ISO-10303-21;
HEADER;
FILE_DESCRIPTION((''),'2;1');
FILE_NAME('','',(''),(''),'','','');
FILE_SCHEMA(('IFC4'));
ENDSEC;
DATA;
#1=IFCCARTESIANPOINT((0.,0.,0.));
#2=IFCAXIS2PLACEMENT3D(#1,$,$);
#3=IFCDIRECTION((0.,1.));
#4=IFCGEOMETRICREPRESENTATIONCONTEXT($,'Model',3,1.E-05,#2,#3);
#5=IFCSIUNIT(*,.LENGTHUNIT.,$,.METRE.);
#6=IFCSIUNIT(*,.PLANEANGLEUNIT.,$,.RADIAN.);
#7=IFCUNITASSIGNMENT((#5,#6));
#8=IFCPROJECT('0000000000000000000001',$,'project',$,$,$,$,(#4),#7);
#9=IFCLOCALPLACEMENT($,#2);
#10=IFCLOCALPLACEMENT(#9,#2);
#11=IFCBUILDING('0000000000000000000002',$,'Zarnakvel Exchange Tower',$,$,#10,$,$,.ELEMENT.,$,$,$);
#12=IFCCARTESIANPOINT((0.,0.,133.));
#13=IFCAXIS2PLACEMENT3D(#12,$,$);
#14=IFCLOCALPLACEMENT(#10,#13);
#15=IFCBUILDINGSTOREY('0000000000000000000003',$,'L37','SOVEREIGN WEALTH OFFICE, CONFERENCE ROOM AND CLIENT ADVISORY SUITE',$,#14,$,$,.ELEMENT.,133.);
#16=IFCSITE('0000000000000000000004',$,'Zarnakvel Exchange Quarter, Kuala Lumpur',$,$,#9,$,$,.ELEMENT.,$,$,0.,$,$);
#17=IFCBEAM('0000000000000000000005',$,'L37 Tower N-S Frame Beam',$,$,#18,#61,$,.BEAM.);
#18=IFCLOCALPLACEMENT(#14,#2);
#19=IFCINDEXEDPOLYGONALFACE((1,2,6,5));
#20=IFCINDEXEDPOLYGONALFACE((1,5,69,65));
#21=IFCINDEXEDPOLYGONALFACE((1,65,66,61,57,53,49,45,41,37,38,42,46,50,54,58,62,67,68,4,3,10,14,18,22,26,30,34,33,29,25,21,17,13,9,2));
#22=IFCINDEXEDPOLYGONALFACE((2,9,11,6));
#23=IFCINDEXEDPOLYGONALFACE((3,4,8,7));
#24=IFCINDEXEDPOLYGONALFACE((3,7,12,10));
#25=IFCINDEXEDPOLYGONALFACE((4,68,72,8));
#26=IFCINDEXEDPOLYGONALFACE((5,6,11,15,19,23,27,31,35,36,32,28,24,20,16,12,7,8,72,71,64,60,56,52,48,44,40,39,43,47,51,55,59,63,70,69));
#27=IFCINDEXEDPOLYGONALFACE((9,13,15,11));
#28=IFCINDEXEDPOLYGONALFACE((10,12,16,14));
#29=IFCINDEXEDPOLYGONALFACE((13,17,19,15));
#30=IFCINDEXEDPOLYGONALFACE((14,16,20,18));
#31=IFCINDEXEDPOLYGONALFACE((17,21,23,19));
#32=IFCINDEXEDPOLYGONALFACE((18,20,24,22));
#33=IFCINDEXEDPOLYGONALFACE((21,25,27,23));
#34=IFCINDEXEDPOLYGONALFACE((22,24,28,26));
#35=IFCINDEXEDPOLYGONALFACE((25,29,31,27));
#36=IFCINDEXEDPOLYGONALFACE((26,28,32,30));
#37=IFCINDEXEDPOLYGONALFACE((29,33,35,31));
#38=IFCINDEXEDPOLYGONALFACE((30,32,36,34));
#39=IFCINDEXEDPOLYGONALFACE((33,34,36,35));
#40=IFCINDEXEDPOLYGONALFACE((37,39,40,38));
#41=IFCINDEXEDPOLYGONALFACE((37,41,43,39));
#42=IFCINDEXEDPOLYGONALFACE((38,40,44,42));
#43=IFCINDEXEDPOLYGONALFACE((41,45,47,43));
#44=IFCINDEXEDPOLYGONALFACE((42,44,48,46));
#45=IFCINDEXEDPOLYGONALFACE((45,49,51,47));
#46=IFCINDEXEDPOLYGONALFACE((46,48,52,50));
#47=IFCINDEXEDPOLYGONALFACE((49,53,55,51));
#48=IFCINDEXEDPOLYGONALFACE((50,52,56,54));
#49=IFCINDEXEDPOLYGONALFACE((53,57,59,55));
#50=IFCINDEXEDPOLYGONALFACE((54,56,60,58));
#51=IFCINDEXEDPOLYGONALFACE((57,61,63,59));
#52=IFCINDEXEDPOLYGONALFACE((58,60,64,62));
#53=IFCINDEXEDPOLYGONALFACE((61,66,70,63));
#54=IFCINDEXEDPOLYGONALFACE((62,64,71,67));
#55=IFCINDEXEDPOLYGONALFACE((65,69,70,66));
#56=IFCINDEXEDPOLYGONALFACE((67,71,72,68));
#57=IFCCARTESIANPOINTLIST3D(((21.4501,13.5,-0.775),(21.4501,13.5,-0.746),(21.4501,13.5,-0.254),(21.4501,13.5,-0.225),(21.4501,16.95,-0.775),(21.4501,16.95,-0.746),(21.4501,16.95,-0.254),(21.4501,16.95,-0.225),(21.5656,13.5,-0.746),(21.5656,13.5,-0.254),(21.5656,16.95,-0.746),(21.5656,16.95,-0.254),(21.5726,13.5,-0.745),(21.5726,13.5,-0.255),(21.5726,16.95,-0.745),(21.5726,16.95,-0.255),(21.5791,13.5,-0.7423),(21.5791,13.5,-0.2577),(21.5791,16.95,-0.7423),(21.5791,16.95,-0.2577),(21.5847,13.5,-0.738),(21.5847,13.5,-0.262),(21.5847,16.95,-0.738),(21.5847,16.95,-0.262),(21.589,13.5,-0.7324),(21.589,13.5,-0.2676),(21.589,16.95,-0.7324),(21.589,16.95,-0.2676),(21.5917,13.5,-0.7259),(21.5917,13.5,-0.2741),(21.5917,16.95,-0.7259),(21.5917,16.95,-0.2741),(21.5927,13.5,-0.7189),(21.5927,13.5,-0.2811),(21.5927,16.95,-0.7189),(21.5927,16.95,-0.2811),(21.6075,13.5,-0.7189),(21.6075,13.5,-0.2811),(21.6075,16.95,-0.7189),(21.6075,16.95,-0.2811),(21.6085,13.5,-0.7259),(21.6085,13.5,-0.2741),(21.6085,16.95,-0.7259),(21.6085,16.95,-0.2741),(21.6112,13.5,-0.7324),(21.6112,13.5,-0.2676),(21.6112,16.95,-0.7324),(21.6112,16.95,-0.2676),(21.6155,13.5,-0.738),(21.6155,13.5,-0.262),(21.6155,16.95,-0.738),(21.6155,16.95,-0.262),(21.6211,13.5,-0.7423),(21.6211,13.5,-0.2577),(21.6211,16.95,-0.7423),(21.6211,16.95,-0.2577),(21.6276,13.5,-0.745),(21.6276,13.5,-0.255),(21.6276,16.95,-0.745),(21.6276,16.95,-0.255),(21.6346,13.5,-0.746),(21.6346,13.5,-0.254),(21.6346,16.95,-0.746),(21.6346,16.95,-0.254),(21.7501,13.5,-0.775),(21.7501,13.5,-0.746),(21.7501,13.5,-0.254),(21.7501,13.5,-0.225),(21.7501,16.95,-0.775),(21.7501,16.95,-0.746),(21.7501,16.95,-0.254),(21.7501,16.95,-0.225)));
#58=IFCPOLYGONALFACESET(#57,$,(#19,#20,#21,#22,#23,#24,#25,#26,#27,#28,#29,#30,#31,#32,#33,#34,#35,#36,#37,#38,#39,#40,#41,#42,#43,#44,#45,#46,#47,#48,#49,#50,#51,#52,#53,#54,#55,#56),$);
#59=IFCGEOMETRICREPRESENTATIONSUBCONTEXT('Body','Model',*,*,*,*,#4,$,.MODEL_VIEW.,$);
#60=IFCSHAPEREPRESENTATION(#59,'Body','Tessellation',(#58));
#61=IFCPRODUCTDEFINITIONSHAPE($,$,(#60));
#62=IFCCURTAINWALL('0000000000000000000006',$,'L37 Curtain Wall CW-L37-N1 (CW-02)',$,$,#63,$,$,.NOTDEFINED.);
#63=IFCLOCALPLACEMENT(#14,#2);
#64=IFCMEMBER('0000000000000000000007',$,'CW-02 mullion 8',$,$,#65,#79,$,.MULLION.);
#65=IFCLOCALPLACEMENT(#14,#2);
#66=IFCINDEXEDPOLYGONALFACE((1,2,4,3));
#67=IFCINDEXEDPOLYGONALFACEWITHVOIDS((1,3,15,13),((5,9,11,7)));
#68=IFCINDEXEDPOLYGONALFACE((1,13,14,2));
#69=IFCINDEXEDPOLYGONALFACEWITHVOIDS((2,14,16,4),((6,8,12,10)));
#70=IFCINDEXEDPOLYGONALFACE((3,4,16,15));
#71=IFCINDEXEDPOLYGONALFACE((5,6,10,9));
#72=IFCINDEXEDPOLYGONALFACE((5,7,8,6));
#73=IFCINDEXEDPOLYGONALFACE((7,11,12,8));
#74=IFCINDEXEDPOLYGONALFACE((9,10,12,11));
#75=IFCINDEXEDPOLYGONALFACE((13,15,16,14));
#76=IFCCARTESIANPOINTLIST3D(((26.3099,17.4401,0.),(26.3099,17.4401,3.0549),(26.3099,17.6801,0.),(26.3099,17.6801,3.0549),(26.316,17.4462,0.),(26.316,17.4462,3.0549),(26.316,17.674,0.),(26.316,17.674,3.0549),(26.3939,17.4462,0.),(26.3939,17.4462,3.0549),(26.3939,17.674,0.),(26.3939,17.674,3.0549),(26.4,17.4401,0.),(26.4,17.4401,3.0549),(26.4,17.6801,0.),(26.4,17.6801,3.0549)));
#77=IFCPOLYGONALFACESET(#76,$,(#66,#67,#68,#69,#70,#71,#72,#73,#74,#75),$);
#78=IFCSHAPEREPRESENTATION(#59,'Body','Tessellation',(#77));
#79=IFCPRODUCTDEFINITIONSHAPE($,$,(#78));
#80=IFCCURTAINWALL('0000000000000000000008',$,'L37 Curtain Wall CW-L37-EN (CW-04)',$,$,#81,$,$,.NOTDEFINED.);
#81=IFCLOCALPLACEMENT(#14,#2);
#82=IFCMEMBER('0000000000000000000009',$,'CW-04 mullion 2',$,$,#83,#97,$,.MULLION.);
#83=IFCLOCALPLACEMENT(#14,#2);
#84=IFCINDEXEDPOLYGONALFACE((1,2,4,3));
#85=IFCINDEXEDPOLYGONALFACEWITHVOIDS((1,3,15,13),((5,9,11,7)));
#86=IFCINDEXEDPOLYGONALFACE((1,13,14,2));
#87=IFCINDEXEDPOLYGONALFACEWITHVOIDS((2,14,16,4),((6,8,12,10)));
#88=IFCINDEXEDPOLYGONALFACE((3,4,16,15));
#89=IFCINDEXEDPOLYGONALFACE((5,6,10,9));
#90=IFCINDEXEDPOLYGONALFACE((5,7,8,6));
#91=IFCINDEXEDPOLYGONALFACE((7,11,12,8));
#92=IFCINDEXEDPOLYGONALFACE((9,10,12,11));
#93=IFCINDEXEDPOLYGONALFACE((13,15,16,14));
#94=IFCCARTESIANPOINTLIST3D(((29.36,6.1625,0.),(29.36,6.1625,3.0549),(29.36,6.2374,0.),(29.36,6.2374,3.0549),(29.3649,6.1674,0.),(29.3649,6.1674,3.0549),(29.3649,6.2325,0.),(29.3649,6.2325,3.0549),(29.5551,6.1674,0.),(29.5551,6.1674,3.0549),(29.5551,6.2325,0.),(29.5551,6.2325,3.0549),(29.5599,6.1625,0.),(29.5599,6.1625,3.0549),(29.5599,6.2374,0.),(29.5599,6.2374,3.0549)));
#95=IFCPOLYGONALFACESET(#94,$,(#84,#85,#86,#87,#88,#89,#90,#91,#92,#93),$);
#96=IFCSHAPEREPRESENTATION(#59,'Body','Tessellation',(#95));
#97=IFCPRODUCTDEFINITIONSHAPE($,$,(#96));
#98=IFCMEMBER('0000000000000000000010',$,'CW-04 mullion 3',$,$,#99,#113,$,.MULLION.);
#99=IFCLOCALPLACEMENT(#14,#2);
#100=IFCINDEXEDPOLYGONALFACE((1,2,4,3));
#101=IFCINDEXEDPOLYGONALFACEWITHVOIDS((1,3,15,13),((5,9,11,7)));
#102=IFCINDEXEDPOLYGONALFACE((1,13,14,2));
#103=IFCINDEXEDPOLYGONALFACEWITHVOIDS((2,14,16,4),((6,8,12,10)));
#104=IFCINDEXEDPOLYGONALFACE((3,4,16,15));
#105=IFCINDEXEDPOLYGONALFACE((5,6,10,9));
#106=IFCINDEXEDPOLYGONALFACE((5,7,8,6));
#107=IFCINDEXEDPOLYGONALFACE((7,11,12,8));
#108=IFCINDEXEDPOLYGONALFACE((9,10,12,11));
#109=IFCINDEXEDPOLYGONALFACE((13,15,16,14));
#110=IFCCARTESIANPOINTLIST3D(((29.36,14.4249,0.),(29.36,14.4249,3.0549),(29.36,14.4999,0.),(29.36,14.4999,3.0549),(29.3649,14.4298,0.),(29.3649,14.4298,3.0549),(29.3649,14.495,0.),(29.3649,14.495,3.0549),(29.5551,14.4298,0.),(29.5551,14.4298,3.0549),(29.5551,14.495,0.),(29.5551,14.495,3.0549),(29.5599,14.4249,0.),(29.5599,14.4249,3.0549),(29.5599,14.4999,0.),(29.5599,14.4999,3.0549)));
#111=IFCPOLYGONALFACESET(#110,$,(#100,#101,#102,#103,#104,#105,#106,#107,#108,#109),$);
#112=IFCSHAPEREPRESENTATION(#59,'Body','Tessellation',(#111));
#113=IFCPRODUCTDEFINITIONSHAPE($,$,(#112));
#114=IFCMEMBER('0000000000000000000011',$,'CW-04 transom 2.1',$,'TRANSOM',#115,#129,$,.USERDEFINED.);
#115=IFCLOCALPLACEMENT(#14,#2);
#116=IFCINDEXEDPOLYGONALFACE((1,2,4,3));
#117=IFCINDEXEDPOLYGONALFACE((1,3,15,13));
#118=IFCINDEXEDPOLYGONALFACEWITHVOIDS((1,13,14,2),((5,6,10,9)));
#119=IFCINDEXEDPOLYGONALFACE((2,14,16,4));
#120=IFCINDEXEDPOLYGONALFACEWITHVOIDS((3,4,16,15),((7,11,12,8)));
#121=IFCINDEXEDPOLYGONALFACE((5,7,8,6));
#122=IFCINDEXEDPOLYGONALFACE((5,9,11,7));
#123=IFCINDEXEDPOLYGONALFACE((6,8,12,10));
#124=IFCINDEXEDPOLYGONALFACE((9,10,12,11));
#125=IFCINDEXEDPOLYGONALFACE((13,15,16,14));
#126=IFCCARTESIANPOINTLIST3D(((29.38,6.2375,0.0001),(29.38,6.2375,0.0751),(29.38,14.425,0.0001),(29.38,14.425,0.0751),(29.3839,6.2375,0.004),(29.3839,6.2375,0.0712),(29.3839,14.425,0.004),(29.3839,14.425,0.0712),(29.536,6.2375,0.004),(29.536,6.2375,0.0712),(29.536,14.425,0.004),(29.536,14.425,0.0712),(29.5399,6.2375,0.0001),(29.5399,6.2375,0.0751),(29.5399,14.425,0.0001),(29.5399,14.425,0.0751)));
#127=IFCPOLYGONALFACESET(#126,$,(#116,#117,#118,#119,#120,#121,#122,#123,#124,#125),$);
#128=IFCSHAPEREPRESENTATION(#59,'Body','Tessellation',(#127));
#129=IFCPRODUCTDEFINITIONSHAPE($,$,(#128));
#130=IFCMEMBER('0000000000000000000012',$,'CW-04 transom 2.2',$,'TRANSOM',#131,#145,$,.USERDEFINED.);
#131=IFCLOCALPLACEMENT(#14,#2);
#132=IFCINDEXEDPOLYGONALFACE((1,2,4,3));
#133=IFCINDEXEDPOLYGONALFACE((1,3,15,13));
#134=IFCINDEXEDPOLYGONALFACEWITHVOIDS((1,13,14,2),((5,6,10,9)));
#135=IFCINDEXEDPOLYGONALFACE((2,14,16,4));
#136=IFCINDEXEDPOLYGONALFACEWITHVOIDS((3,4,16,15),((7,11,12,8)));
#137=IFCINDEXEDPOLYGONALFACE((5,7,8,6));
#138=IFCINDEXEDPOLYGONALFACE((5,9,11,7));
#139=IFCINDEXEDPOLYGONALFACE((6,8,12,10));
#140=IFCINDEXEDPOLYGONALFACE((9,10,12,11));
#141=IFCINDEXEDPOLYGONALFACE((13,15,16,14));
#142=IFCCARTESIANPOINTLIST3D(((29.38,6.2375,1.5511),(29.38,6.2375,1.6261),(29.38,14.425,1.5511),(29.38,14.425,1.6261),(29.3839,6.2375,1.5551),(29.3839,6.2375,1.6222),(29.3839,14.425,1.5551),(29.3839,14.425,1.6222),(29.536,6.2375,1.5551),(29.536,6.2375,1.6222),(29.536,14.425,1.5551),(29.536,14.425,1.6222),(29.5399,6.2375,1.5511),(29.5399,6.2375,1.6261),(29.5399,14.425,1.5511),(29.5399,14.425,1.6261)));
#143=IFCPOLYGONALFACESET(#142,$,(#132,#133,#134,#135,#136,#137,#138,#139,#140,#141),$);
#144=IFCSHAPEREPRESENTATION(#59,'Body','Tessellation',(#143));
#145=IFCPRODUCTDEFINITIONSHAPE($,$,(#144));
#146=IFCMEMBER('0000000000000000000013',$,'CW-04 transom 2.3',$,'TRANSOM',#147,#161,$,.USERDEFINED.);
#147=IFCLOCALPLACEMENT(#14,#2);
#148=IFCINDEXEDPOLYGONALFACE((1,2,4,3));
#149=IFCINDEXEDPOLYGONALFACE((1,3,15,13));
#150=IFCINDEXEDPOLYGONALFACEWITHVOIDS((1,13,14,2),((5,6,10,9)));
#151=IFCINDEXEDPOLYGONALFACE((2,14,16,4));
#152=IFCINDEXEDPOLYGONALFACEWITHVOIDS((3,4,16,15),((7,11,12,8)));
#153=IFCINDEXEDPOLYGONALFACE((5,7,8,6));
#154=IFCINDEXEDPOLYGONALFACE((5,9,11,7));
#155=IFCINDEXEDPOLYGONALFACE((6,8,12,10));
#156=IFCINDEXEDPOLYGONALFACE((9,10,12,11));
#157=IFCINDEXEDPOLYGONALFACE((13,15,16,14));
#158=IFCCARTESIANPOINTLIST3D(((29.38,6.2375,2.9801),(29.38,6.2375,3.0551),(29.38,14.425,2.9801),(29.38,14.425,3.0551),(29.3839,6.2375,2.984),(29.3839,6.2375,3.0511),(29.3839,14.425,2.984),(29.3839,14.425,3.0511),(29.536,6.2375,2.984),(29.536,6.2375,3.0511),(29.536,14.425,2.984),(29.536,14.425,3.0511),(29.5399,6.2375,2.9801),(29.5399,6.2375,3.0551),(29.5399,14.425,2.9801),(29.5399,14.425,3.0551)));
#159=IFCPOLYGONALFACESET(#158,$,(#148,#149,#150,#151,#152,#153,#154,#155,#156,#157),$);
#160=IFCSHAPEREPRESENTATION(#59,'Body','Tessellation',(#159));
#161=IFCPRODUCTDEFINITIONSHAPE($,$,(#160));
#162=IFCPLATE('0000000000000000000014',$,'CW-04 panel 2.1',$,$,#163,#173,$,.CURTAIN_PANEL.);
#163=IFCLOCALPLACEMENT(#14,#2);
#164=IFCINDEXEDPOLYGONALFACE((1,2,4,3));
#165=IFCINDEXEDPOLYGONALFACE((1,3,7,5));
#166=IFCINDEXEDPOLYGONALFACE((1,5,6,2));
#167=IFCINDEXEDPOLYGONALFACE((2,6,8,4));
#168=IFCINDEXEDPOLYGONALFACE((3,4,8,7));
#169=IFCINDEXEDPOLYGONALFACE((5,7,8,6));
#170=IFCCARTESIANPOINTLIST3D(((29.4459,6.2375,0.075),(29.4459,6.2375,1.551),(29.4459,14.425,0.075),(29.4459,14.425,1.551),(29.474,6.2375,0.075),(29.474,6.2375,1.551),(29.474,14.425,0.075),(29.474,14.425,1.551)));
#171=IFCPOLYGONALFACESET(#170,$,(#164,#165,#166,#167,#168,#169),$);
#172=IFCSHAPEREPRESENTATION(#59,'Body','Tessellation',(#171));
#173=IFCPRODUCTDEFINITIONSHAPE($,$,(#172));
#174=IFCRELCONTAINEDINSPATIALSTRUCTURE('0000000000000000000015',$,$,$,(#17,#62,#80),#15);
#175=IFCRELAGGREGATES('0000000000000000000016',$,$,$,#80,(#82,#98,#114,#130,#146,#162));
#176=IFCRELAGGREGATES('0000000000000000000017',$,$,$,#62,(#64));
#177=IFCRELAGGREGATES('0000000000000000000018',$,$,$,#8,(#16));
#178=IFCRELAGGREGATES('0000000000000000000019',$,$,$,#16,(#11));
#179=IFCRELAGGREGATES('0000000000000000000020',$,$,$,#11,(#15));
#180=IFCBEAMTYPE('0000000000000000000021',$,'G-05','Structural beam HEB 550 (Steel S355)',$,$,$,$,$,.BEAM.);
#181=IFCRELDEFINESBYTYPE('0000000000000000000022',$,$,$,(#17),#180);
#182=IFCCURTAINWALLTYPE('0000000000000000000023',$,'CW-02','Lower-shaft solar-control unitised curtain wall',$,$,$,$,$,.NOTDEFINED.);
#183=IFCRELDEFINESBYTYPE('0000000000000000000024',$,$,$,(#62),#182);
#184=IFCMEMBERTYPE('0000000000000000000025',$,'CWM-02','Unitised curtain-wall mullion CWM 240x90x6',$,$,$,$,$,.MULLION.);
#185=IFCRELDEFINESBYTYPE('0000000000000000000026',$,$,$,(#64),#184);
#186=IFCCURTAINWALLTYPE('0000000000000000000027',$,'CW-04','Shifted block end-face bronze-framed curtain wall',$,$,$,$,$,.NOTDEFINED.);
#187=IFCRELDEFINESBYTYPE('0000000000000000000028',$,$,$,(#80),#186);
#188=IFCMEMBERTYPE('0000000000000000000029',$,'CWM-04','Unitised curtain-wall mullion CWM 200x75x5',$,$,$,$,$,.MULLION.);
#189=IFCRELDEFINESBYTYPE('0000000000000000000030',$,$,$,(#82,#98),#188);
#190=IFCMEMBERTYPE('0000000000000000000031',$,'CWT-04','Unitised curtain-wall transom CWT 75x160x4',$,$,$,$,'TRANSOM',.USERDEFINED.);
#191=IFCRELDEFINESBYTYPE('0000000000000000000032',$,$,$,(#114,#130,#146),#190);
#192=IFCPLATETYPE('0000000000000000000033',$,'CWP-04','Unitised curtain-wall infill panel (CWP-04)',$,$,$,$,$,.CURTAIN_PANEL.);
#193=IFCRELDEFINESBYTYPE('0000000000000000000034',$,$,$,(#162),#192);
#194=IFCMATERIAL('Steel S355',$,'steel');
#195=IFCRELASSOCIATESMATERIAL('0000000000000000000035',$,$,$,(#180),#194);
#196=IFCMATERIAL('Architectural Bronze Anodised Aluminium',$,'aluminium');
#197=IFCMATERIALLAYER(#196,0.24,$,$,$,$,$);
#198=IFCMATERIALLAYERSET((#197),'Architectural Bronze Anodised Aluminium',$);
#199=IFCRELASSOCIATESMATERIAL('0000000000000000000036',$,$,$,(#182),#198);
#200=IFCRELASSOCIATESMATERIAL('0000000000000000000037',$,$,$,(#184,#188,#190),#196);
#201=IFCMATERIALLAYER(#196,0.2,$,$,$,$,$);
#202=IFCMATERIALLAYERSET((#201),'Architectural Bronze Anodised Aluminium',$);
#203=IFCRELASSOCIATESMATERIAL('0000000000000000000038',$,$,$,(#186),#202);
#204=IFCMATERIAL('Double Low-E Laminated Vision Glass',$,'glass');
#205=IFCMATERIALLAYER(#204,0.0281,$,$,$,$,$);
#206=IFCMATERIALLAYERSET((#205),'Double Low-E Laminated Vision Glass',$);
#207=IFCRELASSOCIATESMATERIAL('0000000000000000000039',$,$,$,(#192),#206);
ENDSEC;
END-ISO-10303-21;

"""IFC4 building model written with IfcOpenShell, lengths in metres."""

from ifc_helpers import new_model, si_unit, direction, frame, origin, origin_2d, place, context, subcontext, project, spatial, rectangle, hollow_rectangle, i_section, extrude, source, transform, mapped, material, layer, layer_set, material_profile, profile_set, type_object, element, aggregate, save


model = new_model("IFC4")

# Units and contexts
model_context = context("Model", 3, precision=1e-05, world=origin(), true_north=direction((0.0, 1.0)))
body_context = subcontext(model_context, "Body", "Model", "MODEL_VIEW")
ifc_project = project(units=[si_unit("LENGTHUNIT", "METRE"), si_unit("PLANEANGLEUNIT", "RADIAN")], contexts=[model_context])

# Site, building, storey
site_placement = place(None, origin())
site = spatial("IfcSite", under=ifc_project, at=site_placement, Name="Zarnakvel Exchange Quarter, Kuala Lumpur", CompositionType="ELEMENT", RefElevation=0.0)
building_placement = place(site_placement, origin())
building = spatial("IfcBuilding", under=site, at=building_placement, Name="Zarnakvel Exchange Tower", CompositionType="ELEMENT")
storey_placement = place(building_placement, frame((0.0, 0.0, 133.0)))
storey = spatial("IfcBuildingStorey", under=building, at=storey_placement, Name="L37", Description="SOVEREIGN WEALTH OFFICE, CONFERENCE ROOM AND CLIENT ADVISORY SUITE", CompositionType="ELEMENT", Elevation=133.0)

# Shared definitions
ifc_material_1 = material(Name="Steel S355", Category="steel")

# Beam
ifc_material_profile_1 = material_profile(ifc_material_1, i_section(OverallWidth=0.3, OverallDepth=0.55, WebThickness=0.0149, FlangeThickness=0.0291, FilletRadius=0.0271, at=origin_2d()))
ifc_profile_set_1 = profile_set([ifc_material_profile_1], Name="Steel S355")
beam_type = type_object("IfcBeamType", Name="G-05", Description="Structural beam HEB 550 (Steel S355)", PredefinedType="BEAM", material=ifc_profile_set_1)
beam_1_placement = place(storey_placement, frame((21.6001, 13.5, -0.5), z_axis=(0.0, 1.0, 0.0), x_axis=(-1.0, 0.0, 0.0)))
element("IfcBeam", 1, at=beam_1_placement, inside=storey, type_object=beam_type, Name="L37 Tower N-S Frame Beam", PredefinedType="BEAM", context=body_context, shape_type="SweptSolid", body=[
    extrude(i_section(OverallWidth=0.3, OverallDepth=0.55, WebThickness=0.0149, FlangeThickness=0.0291, FilletRadius=0.0271, at=origin_2d()), origin(), (0.0, 0.0, 1.0), 3.45),
])

# Curtain wall, member
ifc_material_2 = material(Name="Architectural Bronze Anodised Aluminium", Category="aluminium")
ifc_layer_1 = layer(ifc_material_2, 0.24)
ifc_layer_set_1 = layer_set([ifc_layer_1], Name="Architectural Bronze Anodised Aluminium")
curtain_wall_type_1 = type_object("IfcCurtainWallType", Name="CW-02", Description="Lower-shaft solar-control unitised curtain wall", PredefinedType="NOTDEFINED", material=ifc_layer_set_1)
curtain_wall_1_placement = place(storey_placement, origin())
curtain_wall_1 = element("IfcCurtainWall", 2, at=curtain_wall_1_placement, inside=storey, type_object=curtain_wall_type_1, Name="L37 Curtain Wall CW-L37-N1 (CW-02)", PredefinedType="NOTDEFINED")
ifc_material_profile_2 = material_profile(ifc_material_2, hollow_rectangle(XDim=0.24, YDim=0.0901, WallThickness=0.0061, at=origin_2d()))
ifc_profile_set_2 = profile_set([ifc_material_profile_2], Name="Architectural Bronze Anodised Aluminium")
member_type_1 = type_object("IfcMemberType", Name="CWM-02", Description="Unitised curtain-wall mullion CWM 240x90x6", PredefinedType="MULLION", material=ifc_profile_set_2)
shared_shape_1 = source(origin(), body_context, "Body", "SweptSolid", [
    extrude(hollow_rectangle(XDim=0.24, YDim=0.0901, WallThickness=0.0061, at=origin_2d()), origin(), (0.0, 0.0, 1.0), 3.0549),
])
member_1_placement = place(storey_placement, frame((26.355, 17.5601, 0.0), z_axis=(0.0, 0.0, 1.0), x_axis=(0.0, 1.0, 0.0)))
member_1 = element("IfcMember", 3, at=member_1_placement, type_object=member_type_1, Name="CW-02 mullion 8", PredefinedType="MULLION", context=body_context, shape_type="MappedRepresentation", body=[
    mapped(shared_shape_1, transform((0.0, 0.0, 0.0), x_axis=(1.0, 0.0, 0.0), y_axis=(0.0, 1.0, 0.0), z_axis=(0.0, 0.0, 1.0), scale=1.0)),
])

# Curtain wall, members, plate
ifc_layer_2 = layer(ifc_material_2, 0.2)
ifc_layer_set_2 = layer_set([ifc_layer_2], Name="Architectural Bronze Anodised Aluminium")
curtain_wall_type_2 = type_object("IfcCurtainWallType", Name="CW-04", Description="Shifted block end-face bronze-framed curtain wall", PredefinedType="NOTDEFINED", material=ifc_layer_set_2)
curtain_wall_2_placement = place(storey_placement, origin())
curtain_wall_2 = element("IfcCurtainWall", 4, at=curtain_wall_2_placement, inside=storey, type_object=curtain_wall_type_2, Name="L37 Curtain Wall CW-L37-EN (CW-04)", PredefinedType="NOTDEFINED")
ifc_material_profile_3 = material_profile(ifc_material_2, hollow_rectangle(XDim=0.2, YDim=0.075, WallThickness=0.0049, at=origin_2d()))
ifc_profile_set_3 = profile_set([ifc_material_profile_3], Name="Architectural Bronze Anodised Aluminium")
member_type_2 = type_object("IfcMemberType", Name="CWM-04", Description="Unitised curtain-wall mullion CWM 200x75x5", PredefinedType="MULLION", material=ifc_profile_set_3)
shared_shape_2 = source(origin(), body_context, "Body", "SweptSolid", [
    extrude(hollow_rectangle(XDim=0.2, YDim=0.075, WallThickness=0.0049, at=origin_2d()), origin(), (0.0, 0.0, 1.0), 3.0549),
])
member_2_placement = place(storey_placement, frame((29.46, 6.2, 0.0), z_axis=(0.0, 0.0, 1.0), x_axis=(-1.0, 0.0, 0.0)))
member_2 = element("IfcMember", 5, at=member_2_placement, type_object=member_type_2, Name="CW-04 mullion 2", PredefinedType="MULLION", context=body_context, shape_type="MappedRepresentation", body=[
    mapped(shared_shape_2, transform((0.0, 0.0, 0.0), x_axis=(1.0, 0.0, 0.0), y_axis=(0.0, 1.0, 0.0), z_axis=(0.0, 0.0, 1.0), scale=1.0)),
])
member_3_placement = place(storey_placement, frame((29.46, 14.4624, 0.0), z_axis=(0.0, 0.0, 1.0), x_axis=(-1.0, 0.0, 0.0)))
member_3 = element("IfcMember", 6, at=member_3_placement, type_object=member_type_2, Name="CW-04 mullion 3", PredefinedType="MULLION", context=body_context, shape_type="MappedRepresentation", body=[
    mapped(shared_shape_2, transform((0.0, 0.0, 0.0), x_axis=(1.0, 0.0, 0.0), y_axis=(0.0, 1.0, 0.0), z_axis=(0.0, 0.0, 1.0), scale=1.0)),
])
ifc_material_profile_4 = material_profile(ifc_material_2, hollow_rectangle(XDim=0.1599, YDim=0.075, WallThickness=0.0039, at=origin_2d()))
ifc_profile_set_4 = profile_set([ifc_material_profile_4], Name="Architectural Bronze Anodised Aluminium")
member_type_3 = type_object("IfcMemberType", Name="CWT-04", Description="Unitised curtain-wall transom CWT 75x160x4", ElementType="TRANSOM", PredefinedType="USERDEFINED", material=ifc_profile_set_4)
shared_shape_3 = source(origin(), body_context, "Body", "SweptSolid", [
    extrude(hollow_rectangle(XDim=0.1599, YDim=0.075, WallThickness=0.0039, at=origin_2d()), origin(), (0.0, 0.0, 1.0), 8.1875),
])
member_4_placement = place(storey_placement, frame((29.46, 6.2375, 0.0376), z_axis=(0.0, 1.0, 0.0), x_axis=(-1.0, 0.0, 0.0)))
member_4 = element("IfcMember", 7, at=member_4_placement, type_object=member_type_3, Name="CW-04 transom 2.1", ObjectType="TRANSOM", PredefinedType="USERDEFINED", context=body_context, shape_type="MappedRepresentation", body=[
    mapped(shared_shape_3, transform((0.0, 0.0, 0.0), x_axis=(1.0, 0.0, 0.0), y_axis=(0.0, 1.0, 0.0), z_axis=(0.0, 0.0, 1.0), scale=1.0)),
])
member_5_placement = place(storey_placement, frame((29.46, 6.2375, 1.5886), z_axis=(0.0, 1.0, 0.0), x_axis=(-1.0, 0.0, 0.0)))
member_5 = element("IfcMember", 8, at=member_5_placement, type_object=member_type_3, Name="CW-04 transom 2.2", ObjectType="TRANSOM", PredefinedType="USERDEFINED", context=body_context, shape_type="MappedRepresentation", body=[
    mapped(shared_shape_3, transform((0.0, 0.0, 0.0), x_axis=(1.0, 0.0, 0.0), y_axis=(0.0, 1.0, 0.0), z_axis=(0.0, 0.0, 1.0), scale=1.0)),
])
member_6_placement = place(storey_placement, frame((29.46, 6.2375, 3.0176), z_axis=(0.0, 1.0, 0.0), x_axis=(-1.0, 0.0, 0.0)))
member_6 = element("IfcMember", 9, at=member_6_placement, type_object=member_type_3, Name="CW-04 transom 2.3", ObjectType="TRANSOM", PredefinedType="USERDEFINED", context=body_context, shape_type="MappedRepresentation", body=[
    mapped(shared_shape_3, transform((0.0, 0.0, 0.0), x_axis=(1.0, 0.0, 0.0), y_axis=(0.0, 1.0, 0.0), z_axis=(0.0, 0.0, 1.0), scale=1.0)),
])
ifc_material_3 = material(Name="Double Low-E Laminated Vision Glass", Category="glass")
ifc_layer_3 = layer(ifc_material_3, 0.0281)
ifc_layer_set_3 = layer_set([ifc_layer_3], Name="Double Low-E Laminated Vision Glass")
plate_type_1 = type_object("IfcPlateType", Name="CWP-04", Description="Unitised curtain-wall infill panel (CWP-04)", PredefinedType="CURTAIN_PANEL", material=ifc_layer_set_3)
shared_shape_4 = source(origin(), body_context, "Body", "SweptSolid", [
    extrude(rectangle(XDim=8.1875, YDim=0.0281, at=origin_2d()), origin(), (0.0, 0.0, 1.0), 1.4761),
])
plate_1_placement = place(storey_placement, frame((29.46, 10.3313, 0.075), z_axis=(0.0, 0.0, 1.0), x_axis=(0.0, 1.0, 0.0)))
plate_1 = element("IfcPlate", 10, at=plate_1_placement, type_object=plate_type_1, Name="CW-04 panel 2.1", PredefinedType="CURTAIN_PANEL", context=body_context, shape_type="MappedRepresentation", body=[
    mapped(shared_shape_4, transform((0.0, 0.0, 0.0), x_axis=(1.0, 0.0, 0.0), y_axis=(0.0, 1.0, 0.0), z_axis=(0.0, 0.0, 1.0), scale=1.0)),
])
aggregate(curtain_wall_2, [member_2, member_3, member_4, member_5, member_6, plate_1])

aggregate(curtain_wall_1, [member_1])

save(model, "model.ifc")
